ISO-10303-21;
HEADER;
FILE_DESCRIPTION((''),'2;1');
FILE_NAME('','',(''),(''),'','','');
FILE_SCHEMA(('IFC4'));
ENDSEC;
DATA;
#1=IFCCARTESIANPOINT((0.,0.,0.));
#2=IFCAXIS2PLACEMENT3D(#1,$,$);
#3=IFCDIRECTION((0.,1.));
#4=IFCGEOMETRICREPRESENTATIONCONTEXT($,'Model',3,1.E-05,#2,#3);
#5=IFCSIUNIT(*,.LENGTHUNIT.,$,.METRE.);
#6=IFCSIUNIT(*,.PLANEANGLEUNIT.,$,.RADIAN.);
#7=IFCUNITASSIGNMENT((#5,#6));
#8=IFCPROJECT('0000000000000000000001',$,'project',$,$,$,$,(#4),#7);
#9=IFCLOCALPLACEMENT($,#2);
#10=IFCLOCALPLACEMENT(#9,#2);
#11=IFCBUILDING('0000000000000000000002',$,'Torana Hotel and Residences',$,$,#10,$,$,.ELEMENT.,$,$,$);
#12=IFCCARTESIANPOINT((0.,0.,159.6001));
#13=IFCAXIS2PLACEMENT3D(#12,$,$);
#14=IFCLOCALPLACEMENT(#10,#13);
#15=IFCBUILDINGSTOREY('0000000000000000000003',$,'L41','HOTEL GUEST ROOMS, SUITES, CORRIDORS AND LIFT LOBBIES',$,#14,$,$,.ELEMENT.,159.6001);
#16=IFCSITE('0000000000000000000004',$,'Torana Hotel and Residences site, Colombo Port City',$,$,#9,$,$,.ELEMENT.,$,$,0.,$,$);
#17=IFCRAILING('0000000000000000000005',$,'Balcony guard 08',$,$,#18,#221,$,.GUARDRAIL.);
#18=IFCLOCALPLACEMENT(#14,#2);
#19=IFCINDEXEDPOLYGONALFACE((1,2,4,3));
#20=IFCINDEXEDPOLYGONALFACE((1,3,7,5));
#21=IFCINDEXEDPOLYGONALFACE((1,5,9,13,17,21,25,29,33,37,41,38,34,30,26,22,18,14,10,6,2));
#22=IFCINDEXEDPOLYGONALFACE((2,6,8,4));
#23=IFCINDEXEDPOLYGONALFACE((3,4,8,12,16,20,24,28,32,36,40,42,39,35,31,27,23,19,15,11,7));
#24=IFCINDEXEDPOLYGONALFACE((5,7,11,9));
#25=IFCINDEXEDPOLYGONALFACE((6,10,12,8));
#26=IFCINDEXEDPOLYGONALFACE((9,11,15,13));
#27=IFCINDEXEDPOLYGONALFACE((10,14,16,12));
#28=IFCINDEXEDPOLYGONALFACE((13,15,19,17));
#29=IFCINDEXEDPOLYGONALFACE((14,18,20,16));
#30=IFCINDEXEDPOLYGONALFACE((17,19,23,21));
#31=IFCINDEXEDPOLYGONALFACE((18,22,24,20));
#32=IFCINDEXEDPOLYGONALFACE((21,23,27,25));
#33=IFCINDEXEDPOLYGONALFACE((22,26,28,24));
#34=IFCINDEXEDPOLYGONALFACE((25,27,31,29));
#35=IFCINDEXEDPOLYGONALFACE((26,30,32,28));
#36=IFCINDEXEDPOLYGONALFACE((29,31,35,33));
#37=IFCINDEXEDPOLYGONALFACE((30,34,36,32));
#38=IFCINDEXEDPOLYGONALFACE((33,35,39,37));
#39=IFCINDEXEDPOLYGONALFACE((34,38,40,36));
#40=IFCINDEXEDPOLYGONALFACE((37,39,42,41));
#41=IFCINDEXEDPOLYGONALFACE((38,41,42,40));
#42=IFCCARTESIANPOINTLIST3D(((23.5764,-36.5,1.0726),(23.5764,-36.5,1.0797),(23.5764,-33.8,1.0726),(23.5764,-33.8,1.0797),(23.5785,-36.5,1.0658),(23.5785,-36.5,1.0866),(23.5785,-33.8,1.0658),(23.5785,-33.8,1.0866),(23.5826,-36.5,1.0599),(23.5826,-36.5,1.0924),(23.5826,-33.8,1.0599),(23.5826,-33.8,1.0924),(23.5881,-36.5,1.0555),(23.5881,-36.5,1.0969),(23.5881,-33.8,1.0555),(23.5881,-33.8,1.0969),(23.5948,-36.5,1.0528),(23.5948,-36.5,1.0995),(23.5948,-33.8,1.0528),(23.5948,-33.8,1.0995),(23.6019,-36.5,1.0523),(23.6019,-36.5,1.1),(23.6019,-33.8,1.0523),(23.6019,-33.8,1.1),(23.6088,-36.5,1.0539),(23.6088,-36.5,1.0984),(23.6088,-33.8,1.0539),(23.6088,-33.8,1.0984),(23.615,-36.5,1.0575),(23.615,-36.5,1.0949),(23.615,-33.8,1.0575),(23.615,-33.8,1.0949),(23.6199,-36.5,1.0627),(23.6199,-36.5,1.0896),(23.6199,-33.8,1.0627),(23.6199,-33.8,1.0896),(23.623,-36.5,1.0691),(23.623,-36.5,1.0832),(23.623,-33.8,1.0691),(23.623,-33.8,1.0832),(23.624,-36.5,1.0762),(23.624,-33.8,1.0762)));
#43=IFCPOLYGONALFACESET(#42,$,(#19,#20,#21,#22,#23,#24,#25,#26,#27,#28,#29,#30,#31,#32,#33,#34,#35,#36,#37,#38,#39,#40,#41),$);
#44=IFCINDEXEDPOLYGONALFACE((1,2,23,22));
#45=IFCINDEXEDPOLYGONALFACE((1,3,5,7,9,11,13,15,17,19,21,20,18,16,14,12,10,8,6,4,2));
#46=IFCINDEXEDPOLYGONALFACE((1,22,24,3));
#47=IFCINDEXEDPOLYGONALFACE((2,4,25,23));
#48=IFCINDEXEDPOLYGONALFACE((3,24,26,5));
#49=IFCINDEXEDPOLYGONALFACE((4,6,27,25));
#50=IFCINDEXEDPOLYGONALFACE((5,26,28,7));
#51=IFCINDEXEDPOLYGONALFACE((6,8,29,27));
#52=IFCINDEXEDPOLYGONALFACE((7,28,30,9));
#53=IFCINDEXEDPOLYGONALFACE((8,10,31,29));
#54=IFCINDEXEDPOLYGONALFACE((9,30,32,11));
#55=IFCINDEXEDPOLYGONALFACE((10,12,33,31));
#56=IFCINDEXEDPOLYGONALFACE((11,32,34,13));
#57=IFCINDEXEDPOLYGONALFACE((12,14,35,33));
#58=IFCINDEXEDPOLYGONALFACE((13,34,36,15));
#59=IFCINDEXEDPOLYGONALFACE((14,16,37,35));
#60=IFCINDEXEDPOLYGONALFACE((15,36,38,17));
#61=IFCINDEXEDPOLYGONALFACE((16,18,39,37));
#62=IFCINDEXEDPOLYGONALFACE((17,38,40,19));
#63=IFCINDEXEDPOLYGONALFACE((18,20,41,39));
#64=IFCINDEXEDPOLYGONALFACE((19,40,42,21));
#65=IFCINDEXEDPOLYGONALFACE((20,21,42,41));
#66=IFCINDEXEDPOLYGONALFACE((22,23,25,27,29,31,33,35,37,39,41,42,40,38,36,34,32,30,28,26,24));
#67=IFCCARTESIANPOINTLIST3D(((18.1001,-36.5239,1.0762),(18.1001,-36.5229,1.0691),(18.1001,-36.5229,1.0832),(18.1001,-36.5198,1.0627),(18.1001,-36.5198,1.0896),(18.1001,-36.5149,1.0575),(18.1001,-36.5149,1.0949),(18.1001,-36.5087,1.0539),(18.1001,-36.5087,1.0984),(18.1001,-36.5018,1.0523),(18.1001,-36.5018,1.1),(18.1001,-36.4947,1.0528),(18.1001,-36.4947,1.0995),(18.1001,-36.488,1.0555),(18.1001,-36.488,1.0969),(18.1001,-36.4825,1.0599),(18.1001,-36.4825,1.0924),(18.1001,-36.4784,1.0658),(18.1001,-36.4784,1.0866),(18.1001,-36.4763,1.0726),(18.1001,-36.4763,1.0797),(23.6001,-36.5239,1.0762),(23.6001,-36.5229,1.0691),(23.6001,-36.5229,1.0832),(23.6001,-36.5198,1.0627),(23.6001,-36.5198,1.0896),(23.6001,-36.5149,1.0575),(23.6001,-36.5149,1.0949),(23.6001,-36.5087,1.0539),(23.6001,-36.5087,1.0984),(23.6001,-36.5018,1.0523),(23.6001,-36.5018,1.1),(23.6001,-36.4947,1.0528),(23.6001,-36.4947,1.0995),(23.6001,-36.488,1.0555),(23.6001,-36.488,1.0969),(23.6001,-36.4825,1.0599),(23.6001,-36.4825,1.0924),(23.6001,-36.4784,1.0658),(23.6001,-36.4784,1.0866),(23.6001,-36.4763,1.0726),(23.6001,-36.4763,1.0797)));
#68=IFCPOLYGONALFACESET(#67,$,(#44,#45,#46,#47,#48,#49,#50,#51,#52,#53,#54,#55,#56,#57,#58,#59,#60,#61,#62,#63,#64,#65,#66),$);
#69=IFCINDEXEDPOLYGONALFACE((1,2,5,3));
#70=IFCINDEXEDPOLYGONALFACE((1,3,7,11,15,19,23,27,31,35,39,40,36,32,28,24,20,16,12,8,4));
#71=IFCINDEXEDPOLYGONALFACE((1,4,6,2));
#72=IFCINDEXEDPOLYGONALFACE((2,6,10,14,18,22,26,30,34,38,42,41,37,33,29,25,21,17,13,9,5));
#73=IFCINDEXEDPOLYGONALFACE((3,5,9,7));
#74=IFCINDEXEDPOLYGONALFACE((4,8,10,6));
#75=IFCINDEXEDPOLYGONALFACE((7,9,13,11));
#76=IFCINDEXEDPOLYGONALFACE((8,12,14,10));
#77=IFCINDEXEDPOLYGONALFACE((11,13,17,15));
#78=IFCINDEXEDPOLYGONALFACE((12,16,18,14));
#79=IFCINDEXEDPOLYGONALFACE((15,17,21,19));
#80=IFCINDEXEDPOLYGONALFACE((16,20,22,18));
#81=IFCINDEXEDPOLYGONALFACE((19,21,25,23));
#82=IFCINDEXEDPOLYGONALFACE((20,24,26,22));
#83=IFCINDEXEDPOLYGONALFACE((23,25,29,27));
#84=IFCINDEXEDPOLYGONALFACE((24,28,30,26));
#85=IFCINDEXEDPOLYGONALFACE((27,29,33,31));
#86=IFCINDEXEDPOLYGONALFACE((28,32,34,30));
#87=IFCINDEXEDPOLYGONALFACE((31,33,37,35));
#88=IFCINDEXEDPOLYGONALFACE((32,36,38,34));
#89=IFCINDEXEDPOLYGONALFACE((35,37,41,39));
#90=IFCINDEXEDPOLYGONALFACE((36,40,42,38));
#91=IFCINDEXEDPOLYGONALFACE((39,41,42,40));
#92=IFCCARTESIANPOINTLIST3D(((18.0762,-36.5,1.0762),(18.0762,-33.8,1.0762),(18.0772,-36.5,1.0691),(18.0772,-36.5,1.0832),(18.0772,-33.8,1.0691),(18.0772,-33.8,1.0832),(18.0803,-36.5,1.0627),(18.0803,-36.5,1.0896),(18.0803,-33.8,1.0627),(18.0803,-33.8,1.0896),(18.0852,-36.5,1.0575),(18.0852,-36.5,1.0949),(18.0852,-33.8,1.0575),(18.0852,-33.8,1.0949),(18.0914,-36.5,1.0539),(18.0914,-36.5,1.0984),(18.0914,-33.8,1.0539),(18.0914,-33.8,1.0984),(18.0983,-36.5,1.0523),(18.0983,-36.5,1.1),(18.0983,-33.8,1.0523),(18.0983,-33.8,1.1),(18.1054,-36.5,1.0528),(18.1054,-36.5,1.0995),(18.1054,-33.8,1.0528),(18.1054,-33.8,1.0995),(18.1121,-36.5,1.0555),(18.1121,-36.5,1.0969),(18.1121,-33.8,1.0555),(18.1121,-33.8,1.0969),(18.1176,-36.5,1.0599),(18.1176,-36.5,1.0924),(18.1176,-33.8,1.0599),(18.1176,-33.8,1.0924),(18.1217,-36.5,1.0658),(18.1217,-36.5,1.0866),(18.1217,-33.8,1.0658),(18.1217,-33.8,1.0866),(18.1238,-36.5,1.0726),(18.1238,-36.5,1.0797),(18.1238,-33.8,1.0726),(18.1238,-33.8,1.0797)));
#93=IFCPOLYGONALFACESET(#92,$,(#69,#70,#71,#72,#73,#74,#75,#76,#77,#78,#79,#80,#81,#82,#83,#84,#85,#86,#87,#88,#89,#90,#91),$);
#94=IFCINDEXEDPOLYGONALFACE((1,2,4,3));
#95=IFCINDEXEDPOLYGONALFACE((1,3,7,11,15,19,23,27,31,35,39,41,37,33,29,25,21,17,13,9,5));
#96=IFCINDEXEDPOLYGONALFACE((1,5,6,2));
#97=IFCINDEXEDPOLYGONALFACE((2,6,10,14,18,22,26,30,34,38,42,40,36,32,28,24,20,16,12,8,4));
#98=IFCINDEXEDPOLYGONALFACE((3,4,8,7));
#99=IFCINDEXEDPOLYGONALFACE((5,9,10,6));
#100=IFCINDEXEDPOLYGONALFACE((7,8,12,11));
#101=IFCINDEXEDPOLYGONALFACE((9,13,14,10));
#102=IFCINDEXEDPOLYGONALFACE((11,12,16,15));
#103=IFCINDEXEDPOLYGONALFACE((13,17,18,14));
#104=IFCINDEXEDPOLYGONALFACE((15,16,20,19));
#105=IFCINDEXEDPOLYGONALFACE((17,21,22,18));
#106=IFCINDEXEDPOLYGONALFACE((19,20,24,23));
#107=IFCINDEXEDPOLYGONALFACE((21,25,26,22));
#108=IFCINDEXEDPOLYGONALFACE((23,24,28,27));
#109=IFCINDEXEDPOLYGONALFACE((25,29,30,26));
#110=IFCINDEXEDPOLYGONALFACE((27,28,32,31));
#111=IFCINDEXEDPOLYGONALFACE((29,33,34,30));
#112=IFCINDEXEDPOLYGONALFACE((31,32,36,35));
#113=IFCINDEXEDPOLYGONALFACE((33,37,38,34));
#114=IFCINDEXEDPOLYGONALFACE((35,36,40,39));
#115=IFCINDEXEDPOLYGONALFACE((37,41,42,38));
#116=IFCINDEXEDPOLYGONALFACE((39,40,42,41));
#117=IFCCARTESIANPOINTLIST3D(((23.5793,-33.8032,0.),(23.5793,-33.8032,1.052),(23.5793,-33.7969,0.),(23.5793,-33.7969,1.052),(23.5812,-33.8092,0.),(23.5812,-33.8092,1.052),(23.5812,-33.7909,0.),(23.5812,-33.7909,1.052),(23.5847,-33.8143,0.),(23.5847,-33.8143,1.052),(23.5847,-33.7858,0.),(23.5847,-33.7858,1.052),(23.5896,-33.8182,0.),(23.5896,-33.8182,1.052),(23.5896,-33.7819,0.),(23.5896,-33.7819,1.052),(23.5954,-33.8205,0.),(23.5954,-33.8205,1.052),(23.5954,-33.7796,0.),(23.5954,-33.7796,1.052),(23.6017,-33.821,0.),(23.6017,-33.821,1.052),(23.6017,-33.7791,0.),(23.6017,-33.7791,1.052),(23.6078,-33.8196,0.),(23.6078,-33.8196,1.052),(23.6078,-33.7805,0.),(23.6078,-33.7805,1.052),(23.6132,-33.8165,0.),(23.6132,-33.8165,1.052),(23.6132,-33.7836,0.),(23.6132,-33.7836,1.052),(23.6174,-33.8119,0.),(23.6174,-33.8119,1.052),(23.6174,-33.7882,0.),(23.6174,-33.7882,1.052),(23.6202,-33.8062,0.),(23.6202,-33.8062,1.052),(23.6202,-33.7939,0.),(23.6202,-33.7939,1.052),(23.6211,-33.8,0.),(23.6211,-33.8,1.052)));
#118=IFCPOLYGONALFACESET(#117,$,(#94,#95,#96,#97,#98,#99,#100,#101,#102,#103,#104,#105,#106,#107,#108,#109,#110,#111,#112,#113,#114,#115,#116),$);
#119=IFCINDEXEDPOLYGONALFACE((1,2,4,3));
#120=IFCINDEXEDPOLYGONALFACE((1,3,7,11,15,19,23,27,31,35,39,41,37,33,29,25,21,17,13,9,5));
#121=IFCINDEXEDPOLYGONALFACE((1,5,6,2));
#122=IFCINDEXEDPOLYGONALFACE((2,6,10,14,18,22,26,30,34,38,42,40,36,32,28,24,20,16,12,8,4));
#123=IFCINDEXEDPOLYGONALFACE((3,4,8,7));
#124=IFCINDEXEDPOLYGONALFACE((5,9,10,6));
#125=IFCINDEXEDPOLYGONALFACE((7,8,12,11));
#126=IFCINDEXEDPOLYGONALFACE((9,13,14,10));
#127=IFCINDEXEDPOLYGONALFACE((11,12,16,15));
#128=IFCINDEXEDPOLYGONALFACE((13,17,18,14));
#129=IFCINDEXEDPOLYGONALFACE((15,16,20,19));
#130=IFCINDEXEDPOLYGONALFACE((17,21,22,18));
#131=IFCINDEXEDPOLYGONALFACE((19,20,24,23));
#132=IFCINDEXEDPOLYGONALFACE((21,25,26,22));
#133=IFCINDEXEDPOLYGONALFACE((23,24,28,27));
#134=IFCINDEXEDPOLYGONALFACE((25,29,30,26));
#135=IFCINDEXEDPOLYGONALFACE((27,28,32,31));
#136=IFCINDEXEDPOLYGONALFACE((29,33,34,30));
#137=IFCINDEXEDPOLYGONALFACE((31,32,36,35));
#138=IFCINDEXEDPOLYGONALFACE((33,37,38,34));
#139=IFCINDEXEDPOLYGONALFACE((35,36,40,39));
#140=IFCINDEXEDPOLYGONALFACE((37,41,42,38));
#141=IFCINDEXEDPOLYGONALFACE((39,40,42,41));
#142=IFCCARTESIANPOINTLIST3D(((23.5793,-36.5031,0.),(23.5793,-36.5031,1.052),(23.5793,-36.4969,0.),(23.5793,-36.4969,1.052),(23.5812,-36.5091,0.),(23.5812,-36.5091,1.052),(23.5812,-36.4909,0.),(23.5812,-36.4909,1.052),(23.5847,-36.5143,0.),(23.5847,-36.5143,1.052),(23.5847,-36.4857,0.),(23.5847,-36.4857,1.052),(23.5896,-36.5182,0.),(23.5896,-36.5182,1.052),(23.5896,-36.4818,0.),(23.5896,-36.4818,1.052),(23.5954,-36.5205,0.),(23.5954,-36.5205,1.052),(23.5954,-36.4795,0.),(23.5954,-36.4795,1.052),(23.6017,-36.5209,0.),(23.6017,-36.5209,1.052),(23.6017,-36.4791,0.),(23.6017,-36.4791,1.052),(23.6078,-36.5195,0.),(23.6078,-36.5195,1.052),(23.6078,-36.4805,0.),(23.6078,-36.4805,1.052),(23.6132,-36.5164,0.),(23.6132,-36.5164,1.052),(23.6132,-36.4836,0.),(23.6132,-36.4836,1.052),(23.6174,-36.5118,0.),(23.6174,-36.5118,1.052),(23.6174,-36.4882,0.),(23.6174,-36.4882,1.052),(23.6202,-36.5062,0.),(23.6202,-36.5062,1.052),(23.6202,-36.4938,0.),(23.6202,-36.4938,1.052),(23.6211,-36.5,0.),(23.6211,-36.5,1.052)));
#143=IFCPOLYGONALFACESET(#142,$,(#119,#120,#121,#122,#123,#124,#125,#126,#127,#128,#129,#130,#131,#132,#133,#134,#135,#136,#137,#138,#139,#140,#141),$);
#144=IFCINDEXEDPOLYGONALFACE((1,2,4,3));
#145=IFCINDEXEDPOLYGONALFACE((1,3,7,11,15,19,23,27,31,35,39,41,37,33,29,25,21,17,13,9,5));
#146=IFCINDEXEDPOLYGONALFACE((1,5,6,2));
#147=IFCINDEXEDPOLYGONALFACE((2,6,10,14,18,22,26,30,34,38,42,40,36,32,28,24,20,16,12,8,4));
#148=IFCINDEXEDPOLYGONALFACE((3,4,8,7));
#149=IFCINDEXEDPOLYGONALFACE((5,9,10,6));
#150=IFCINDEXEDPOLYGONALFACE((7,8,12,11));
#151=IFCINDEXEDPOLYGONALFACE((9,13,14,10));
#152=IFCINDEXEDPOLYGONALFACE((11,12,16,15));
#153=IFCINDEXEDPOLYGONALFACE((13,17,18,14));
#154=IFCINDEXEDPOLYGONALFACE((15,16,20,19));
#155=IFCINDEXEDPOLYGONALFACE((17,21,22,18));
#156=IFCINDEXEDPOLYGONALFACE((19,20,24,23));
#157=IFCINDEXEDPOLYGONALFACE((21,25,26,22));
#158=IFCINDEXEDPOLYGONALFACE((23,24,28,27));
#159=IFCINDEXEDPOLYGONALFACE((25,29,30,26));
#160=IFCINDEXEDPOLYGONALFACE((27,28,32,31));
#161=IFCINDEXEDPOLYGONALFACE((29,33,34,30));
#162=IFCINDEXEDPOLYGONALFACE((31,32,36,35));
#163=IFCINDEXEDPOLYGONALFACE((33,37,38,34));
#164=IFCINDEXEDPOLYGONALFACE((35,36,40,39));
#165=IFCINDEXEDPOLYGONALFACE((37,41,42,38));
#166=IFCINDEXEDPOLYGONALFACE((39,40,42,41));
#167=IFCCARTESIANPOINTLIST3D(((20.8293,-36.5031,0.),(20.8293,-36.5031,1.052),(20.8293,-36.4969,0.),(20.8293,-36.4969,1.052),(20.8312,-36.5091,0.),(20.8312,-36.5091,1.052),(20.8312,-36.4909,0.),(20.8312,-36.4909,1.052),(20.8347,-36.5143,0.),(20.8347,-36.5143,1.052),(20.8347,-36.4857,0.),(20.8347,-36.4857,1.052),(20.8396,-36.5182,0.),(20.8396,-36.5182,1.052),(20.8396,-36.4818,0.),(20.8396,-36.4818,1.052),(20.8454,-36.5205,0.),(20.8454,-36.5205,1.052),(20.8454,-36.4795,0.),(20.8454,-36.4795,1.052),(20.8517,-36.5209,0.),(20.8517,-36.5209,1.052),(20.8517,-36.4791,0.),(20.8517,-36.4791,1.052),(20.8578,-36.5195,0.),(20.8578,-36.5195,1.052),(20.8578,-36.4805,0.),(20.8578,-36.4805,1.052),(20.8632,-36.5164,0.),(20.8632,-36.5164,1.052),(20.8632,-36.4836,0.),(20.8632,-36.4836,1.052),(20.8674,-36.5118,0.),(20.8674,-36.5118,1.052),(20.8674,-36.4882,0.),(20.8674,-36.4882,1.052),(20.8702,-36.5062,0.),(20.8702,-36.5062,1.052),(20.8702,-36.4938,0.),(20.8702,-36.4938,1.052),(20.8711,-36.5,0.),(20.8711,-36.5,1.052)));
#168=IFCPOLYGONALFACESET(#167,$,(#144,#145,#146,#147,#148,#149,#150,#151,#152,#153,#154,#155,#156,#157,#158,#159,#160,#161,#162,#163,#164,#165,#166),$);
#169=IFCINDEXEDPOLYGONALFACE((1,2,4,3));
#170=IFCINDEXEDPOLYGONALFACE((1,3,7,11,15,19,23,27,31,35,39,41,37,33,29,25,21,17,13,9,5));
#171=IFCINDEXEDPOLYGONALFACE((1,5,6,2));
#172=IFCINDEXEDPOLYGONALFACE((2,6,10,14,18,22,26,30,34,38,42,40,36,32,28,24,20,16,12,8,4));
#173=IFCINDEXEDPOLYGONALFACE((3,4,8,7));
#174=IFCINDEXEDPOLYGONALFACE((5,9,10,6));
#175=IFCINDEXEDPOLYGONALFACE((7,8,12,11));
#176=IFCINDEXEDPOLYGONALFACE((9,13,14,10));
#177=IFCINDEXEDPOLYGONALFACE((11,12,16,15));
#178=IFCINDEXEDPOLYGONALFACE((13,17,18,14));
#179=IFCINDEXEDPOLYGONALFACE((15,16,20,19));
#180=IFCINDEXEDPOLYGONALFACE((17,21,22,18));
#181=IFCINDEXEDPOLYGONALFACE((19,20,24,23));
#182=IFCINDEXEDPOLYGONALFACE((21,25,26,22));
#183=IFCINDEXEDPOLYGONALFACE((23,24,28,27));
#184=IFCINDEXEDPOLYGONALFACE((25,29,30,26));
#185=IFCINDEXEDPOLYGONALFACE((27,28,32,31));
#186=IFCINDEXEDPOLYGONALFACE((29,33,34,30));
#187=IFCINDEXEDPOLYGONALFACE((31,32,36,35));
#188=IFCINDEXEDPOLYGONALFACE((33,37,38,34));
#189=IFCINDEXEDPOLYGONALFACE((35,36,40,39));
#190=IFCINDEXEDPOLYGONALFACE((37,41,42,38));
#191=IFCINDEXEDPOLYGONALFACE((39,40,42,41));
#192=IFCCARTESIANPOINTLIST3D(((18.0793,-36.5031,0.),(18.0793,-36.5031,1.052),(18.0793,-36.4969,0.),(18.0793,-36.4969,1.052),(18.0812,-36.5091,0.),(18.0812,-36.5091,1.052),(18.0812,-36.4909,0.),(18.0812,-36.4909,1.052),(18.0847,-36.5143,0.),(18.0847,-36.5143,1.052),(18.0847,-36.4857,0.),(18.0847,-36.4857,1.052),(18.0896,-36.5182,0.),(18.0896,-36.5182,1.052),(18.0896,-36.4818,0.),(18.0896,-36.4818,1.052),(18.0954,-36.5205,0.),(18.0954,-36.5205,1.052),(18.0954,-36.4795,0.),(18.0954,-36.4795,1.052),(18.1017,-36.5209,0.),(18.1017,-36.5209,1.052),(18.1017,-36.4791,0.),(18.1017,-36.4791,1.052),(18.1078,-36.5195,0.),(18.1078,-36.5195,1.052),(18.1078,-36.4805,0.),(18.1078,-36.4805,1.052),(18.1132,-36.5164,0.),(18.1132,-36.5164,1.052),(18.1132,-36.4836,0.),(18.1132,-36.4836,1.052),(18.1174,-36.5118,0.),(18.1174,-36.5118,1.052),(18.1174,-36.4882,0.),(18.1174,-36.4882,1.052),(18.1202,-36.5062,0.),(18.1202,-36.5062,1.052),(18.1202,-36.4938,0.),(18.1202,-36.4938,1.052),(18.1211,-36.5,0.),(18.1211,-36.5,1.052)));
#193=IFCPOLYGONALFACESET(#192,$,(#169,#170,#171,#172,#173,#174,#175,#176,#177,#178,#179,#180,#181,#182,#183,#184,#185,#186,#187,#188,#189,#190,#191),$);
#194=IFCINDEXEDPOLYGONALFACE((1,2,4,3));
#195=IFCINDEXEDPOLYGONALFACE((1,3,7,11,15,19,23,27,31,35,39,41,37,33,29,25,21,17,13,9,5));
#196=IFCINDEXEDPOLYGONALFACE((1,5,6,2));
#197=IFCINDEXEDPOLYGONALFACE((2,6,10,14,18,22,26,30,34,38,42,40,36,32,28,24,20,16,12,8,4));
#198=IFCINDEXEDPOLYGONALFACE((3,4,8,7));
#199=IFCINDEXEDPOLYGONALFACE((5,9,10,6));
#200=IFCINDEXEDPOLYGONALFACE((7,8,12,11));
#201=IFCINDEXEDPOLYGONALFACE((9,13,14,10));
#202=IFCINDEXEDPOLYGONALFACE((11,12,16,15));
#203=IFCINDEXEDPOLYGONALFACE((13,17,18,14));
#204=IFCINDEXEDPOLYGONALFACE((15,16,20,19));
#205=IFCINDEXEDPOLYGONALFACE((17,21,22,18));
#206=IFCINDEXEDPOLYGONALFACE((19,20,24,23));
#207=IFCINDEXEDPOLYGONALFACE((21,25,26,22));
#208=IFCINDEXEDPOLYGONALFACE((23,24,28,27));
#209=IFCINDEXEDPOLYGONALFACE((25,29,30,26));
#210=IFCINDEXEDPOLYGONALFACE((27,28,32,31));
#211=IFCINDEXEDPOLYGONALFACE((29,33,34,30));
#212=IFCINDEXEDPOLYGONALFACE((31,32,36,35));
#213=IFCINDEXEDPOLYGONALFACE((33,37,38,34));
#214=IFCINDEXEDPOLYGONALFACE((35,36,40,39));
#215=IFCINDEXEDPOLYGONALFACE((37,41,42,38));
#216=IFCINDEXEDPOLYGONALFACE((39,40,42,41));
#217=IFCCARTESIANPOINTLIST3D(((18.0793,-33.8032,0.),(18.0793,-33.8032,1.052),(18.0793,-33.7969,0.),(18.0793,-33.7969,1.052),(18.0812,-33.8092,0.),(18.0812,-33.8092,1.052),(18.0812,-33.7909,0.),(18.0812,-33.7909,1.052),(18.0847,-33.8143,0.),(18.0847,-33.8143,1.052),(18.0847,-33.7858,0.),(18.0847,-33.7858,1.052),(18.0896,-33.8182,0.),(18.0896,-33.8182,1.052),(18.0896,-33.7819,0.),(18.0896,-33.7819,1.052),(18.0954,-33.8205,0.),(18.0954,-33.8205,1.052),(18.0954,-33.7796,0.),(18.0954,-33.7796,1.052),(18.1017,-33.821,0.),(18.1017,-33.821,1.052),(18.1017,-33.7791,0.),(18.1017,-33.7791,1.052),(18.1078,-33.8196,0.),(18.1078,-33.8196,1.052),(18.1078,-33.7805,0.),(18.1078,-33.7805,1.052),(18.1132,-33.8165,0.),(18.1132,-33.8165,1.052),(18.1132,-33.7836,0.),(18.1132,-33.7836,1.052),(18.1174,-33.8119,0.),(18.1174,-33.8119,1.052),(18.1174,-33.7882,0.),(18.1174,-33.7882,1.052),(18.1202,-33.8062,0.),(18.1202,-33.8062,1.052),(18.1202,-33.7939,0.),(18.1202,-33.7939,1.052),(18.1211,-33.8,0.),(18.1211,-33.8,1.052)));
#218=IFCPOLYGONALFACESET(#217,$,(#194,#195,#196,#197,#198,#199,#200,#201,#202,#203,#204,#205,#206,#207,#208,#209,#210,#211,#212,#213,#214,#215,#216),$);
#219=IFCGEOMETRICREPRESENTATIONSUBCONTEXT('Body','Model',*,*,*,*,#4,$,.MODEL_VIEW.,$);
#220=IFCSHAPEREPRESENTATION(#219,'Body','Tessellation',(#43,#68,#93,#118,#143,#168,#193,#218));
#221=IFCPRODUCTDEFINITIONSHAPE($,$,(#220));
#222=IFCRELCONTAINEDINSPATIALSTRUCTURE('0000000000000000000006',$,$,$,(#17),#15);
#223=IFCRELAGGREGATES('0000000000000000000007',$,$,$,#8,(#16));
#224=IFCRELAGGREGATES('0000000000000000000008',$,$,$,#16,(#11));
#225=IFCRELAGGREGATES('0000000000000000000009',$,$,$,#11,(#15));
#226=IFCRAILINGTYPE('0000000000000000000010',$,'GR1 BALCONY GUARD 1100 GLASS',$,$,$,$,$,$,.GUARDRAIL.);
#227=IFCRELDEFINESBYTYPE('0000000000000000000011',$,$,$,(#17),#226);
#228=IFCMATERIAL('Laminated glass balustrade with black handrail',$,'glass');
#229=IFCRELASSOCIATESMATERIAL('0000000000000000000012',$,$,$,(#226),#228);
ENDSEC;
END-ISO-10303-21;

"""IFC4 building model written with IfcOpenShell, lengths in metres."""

from ifc_helpers import new_model, si_unit, direction, frame, origin, origin_2d, place, context, subcontext, project, spatial, circle, extrude, material, type_object, element, save


model = new_model("IFC4")

# Units and contexts
model_context = context("Model", 3, precision=1e-05, world=origin(), true_north=direction((0.0, 1.0)))
body_context = subcontext(model_context, "Body", "Model", "MODEL_VIEW")
ifc_project = project(units=[si_unit("LENGTHUNIT", "METRE"), si_unit("PLANEANGLEUNIT", "RADIAN")], contexts=[model_context])

# Site, building, storey
site_placement = place(None, origin())
site = spatial("IfcSite", under=ifc_project, at=site_placement, Name="Torana Hotel and Residences site, Colombo Port City", CompositionType="ELEMENT", RefElevation=0.0)
building_placement = place(site_placement, origin())
building = spatial("IfcBuilding", under=site, at=building_placement, Name="Torana Hotel and Residences", CompositionType="ELEMENT")
storey_placement = place(building_placement, frame((0.0, 0.0, 159.6001)))
storey = spatial("IfcBuildingStorey", under=building, at=storey_placement, Name="L41", Description="HOTEL GUEST ROOMS, SUITES, CORRIDORS AND LIFT LOBBIES", CompositionType="ELEMENT", Elevation=159.6001)

# Railing
ifc_material_1 = material(Name="Laminated glass balustrade with black handrail", Category="glass")
railing_type = type_object("IfcRailingType", Name="GR1 BALCONY GUARD 1100 GLASS", PredefinedType="GUARDRAIL", material=ifc_material_1)
railing_1_placement = place(storey_placement, frame((23.6001, -33.8, 0.0)))
element("IfcRailing", 1, at=railing_1_placement, inside=storey, type_object=railing_type, Name="Balcony guard 08", PredefinedType="GUARDRAIL", context=body_context, shape_type="SweptSolid", body=[
    extrude(circle(Radius=0.0239, at=origin_2d()), frame((0.0, 0.0, 1.0762), z_axis=(0.0, -1.0, 0.0), x_axis=(1.0, 0.0, 0.0)), (0.0, 0.0, 1.0), 2.7),
    extrude(circle(Radius=0.0239, at=origin_2d()), frame((0.0, -2.7, 1.0762), z_axis=(-1.0, 0.0, 0.0), x_axis=(0.0, -1.0, 0.0)), (0.0, 0.0, 1.0), 5.5),
    extrude(circle(Radius=0.0239, at=origin_2d()), frame((-5.5, -2.7, 1.0762), z_axis=(0.0, 1.0, 0.0), x_axis=(-1.0, 0.0, 0.0)), (0.0, 0.0, 1.0), 2.7),
    extrude(circle(Radius=0.021, at=origin_2d()), origin(), (0.0, 0.0, 1.0), 1.052),
    extrude(circle(Radius=0.021, at=origin_2d()), frame((0.0, -2.7, 0.0)), (0.0, 0.0, 1.0), 1.052),
    extrude(circle(Radius=0.021, at=origin_2d()), frame((-2.75, -2.7, 0.0)), (0.0, 0.0, 1.0), 1.052),
    extrude(circle(Radius=0.021, at=origin_2d()), frame((-5.5, -2.7, 0.0)), (0.0, 0.0, 1.0), 1.052),
    extrude(circle(Radius=0.021, at=origin_2d()), frame((-5.5, 0.0, 0.0)), (0.0, 0.0, 1.0), 1.052),
])

save(model, "model.ifc")
